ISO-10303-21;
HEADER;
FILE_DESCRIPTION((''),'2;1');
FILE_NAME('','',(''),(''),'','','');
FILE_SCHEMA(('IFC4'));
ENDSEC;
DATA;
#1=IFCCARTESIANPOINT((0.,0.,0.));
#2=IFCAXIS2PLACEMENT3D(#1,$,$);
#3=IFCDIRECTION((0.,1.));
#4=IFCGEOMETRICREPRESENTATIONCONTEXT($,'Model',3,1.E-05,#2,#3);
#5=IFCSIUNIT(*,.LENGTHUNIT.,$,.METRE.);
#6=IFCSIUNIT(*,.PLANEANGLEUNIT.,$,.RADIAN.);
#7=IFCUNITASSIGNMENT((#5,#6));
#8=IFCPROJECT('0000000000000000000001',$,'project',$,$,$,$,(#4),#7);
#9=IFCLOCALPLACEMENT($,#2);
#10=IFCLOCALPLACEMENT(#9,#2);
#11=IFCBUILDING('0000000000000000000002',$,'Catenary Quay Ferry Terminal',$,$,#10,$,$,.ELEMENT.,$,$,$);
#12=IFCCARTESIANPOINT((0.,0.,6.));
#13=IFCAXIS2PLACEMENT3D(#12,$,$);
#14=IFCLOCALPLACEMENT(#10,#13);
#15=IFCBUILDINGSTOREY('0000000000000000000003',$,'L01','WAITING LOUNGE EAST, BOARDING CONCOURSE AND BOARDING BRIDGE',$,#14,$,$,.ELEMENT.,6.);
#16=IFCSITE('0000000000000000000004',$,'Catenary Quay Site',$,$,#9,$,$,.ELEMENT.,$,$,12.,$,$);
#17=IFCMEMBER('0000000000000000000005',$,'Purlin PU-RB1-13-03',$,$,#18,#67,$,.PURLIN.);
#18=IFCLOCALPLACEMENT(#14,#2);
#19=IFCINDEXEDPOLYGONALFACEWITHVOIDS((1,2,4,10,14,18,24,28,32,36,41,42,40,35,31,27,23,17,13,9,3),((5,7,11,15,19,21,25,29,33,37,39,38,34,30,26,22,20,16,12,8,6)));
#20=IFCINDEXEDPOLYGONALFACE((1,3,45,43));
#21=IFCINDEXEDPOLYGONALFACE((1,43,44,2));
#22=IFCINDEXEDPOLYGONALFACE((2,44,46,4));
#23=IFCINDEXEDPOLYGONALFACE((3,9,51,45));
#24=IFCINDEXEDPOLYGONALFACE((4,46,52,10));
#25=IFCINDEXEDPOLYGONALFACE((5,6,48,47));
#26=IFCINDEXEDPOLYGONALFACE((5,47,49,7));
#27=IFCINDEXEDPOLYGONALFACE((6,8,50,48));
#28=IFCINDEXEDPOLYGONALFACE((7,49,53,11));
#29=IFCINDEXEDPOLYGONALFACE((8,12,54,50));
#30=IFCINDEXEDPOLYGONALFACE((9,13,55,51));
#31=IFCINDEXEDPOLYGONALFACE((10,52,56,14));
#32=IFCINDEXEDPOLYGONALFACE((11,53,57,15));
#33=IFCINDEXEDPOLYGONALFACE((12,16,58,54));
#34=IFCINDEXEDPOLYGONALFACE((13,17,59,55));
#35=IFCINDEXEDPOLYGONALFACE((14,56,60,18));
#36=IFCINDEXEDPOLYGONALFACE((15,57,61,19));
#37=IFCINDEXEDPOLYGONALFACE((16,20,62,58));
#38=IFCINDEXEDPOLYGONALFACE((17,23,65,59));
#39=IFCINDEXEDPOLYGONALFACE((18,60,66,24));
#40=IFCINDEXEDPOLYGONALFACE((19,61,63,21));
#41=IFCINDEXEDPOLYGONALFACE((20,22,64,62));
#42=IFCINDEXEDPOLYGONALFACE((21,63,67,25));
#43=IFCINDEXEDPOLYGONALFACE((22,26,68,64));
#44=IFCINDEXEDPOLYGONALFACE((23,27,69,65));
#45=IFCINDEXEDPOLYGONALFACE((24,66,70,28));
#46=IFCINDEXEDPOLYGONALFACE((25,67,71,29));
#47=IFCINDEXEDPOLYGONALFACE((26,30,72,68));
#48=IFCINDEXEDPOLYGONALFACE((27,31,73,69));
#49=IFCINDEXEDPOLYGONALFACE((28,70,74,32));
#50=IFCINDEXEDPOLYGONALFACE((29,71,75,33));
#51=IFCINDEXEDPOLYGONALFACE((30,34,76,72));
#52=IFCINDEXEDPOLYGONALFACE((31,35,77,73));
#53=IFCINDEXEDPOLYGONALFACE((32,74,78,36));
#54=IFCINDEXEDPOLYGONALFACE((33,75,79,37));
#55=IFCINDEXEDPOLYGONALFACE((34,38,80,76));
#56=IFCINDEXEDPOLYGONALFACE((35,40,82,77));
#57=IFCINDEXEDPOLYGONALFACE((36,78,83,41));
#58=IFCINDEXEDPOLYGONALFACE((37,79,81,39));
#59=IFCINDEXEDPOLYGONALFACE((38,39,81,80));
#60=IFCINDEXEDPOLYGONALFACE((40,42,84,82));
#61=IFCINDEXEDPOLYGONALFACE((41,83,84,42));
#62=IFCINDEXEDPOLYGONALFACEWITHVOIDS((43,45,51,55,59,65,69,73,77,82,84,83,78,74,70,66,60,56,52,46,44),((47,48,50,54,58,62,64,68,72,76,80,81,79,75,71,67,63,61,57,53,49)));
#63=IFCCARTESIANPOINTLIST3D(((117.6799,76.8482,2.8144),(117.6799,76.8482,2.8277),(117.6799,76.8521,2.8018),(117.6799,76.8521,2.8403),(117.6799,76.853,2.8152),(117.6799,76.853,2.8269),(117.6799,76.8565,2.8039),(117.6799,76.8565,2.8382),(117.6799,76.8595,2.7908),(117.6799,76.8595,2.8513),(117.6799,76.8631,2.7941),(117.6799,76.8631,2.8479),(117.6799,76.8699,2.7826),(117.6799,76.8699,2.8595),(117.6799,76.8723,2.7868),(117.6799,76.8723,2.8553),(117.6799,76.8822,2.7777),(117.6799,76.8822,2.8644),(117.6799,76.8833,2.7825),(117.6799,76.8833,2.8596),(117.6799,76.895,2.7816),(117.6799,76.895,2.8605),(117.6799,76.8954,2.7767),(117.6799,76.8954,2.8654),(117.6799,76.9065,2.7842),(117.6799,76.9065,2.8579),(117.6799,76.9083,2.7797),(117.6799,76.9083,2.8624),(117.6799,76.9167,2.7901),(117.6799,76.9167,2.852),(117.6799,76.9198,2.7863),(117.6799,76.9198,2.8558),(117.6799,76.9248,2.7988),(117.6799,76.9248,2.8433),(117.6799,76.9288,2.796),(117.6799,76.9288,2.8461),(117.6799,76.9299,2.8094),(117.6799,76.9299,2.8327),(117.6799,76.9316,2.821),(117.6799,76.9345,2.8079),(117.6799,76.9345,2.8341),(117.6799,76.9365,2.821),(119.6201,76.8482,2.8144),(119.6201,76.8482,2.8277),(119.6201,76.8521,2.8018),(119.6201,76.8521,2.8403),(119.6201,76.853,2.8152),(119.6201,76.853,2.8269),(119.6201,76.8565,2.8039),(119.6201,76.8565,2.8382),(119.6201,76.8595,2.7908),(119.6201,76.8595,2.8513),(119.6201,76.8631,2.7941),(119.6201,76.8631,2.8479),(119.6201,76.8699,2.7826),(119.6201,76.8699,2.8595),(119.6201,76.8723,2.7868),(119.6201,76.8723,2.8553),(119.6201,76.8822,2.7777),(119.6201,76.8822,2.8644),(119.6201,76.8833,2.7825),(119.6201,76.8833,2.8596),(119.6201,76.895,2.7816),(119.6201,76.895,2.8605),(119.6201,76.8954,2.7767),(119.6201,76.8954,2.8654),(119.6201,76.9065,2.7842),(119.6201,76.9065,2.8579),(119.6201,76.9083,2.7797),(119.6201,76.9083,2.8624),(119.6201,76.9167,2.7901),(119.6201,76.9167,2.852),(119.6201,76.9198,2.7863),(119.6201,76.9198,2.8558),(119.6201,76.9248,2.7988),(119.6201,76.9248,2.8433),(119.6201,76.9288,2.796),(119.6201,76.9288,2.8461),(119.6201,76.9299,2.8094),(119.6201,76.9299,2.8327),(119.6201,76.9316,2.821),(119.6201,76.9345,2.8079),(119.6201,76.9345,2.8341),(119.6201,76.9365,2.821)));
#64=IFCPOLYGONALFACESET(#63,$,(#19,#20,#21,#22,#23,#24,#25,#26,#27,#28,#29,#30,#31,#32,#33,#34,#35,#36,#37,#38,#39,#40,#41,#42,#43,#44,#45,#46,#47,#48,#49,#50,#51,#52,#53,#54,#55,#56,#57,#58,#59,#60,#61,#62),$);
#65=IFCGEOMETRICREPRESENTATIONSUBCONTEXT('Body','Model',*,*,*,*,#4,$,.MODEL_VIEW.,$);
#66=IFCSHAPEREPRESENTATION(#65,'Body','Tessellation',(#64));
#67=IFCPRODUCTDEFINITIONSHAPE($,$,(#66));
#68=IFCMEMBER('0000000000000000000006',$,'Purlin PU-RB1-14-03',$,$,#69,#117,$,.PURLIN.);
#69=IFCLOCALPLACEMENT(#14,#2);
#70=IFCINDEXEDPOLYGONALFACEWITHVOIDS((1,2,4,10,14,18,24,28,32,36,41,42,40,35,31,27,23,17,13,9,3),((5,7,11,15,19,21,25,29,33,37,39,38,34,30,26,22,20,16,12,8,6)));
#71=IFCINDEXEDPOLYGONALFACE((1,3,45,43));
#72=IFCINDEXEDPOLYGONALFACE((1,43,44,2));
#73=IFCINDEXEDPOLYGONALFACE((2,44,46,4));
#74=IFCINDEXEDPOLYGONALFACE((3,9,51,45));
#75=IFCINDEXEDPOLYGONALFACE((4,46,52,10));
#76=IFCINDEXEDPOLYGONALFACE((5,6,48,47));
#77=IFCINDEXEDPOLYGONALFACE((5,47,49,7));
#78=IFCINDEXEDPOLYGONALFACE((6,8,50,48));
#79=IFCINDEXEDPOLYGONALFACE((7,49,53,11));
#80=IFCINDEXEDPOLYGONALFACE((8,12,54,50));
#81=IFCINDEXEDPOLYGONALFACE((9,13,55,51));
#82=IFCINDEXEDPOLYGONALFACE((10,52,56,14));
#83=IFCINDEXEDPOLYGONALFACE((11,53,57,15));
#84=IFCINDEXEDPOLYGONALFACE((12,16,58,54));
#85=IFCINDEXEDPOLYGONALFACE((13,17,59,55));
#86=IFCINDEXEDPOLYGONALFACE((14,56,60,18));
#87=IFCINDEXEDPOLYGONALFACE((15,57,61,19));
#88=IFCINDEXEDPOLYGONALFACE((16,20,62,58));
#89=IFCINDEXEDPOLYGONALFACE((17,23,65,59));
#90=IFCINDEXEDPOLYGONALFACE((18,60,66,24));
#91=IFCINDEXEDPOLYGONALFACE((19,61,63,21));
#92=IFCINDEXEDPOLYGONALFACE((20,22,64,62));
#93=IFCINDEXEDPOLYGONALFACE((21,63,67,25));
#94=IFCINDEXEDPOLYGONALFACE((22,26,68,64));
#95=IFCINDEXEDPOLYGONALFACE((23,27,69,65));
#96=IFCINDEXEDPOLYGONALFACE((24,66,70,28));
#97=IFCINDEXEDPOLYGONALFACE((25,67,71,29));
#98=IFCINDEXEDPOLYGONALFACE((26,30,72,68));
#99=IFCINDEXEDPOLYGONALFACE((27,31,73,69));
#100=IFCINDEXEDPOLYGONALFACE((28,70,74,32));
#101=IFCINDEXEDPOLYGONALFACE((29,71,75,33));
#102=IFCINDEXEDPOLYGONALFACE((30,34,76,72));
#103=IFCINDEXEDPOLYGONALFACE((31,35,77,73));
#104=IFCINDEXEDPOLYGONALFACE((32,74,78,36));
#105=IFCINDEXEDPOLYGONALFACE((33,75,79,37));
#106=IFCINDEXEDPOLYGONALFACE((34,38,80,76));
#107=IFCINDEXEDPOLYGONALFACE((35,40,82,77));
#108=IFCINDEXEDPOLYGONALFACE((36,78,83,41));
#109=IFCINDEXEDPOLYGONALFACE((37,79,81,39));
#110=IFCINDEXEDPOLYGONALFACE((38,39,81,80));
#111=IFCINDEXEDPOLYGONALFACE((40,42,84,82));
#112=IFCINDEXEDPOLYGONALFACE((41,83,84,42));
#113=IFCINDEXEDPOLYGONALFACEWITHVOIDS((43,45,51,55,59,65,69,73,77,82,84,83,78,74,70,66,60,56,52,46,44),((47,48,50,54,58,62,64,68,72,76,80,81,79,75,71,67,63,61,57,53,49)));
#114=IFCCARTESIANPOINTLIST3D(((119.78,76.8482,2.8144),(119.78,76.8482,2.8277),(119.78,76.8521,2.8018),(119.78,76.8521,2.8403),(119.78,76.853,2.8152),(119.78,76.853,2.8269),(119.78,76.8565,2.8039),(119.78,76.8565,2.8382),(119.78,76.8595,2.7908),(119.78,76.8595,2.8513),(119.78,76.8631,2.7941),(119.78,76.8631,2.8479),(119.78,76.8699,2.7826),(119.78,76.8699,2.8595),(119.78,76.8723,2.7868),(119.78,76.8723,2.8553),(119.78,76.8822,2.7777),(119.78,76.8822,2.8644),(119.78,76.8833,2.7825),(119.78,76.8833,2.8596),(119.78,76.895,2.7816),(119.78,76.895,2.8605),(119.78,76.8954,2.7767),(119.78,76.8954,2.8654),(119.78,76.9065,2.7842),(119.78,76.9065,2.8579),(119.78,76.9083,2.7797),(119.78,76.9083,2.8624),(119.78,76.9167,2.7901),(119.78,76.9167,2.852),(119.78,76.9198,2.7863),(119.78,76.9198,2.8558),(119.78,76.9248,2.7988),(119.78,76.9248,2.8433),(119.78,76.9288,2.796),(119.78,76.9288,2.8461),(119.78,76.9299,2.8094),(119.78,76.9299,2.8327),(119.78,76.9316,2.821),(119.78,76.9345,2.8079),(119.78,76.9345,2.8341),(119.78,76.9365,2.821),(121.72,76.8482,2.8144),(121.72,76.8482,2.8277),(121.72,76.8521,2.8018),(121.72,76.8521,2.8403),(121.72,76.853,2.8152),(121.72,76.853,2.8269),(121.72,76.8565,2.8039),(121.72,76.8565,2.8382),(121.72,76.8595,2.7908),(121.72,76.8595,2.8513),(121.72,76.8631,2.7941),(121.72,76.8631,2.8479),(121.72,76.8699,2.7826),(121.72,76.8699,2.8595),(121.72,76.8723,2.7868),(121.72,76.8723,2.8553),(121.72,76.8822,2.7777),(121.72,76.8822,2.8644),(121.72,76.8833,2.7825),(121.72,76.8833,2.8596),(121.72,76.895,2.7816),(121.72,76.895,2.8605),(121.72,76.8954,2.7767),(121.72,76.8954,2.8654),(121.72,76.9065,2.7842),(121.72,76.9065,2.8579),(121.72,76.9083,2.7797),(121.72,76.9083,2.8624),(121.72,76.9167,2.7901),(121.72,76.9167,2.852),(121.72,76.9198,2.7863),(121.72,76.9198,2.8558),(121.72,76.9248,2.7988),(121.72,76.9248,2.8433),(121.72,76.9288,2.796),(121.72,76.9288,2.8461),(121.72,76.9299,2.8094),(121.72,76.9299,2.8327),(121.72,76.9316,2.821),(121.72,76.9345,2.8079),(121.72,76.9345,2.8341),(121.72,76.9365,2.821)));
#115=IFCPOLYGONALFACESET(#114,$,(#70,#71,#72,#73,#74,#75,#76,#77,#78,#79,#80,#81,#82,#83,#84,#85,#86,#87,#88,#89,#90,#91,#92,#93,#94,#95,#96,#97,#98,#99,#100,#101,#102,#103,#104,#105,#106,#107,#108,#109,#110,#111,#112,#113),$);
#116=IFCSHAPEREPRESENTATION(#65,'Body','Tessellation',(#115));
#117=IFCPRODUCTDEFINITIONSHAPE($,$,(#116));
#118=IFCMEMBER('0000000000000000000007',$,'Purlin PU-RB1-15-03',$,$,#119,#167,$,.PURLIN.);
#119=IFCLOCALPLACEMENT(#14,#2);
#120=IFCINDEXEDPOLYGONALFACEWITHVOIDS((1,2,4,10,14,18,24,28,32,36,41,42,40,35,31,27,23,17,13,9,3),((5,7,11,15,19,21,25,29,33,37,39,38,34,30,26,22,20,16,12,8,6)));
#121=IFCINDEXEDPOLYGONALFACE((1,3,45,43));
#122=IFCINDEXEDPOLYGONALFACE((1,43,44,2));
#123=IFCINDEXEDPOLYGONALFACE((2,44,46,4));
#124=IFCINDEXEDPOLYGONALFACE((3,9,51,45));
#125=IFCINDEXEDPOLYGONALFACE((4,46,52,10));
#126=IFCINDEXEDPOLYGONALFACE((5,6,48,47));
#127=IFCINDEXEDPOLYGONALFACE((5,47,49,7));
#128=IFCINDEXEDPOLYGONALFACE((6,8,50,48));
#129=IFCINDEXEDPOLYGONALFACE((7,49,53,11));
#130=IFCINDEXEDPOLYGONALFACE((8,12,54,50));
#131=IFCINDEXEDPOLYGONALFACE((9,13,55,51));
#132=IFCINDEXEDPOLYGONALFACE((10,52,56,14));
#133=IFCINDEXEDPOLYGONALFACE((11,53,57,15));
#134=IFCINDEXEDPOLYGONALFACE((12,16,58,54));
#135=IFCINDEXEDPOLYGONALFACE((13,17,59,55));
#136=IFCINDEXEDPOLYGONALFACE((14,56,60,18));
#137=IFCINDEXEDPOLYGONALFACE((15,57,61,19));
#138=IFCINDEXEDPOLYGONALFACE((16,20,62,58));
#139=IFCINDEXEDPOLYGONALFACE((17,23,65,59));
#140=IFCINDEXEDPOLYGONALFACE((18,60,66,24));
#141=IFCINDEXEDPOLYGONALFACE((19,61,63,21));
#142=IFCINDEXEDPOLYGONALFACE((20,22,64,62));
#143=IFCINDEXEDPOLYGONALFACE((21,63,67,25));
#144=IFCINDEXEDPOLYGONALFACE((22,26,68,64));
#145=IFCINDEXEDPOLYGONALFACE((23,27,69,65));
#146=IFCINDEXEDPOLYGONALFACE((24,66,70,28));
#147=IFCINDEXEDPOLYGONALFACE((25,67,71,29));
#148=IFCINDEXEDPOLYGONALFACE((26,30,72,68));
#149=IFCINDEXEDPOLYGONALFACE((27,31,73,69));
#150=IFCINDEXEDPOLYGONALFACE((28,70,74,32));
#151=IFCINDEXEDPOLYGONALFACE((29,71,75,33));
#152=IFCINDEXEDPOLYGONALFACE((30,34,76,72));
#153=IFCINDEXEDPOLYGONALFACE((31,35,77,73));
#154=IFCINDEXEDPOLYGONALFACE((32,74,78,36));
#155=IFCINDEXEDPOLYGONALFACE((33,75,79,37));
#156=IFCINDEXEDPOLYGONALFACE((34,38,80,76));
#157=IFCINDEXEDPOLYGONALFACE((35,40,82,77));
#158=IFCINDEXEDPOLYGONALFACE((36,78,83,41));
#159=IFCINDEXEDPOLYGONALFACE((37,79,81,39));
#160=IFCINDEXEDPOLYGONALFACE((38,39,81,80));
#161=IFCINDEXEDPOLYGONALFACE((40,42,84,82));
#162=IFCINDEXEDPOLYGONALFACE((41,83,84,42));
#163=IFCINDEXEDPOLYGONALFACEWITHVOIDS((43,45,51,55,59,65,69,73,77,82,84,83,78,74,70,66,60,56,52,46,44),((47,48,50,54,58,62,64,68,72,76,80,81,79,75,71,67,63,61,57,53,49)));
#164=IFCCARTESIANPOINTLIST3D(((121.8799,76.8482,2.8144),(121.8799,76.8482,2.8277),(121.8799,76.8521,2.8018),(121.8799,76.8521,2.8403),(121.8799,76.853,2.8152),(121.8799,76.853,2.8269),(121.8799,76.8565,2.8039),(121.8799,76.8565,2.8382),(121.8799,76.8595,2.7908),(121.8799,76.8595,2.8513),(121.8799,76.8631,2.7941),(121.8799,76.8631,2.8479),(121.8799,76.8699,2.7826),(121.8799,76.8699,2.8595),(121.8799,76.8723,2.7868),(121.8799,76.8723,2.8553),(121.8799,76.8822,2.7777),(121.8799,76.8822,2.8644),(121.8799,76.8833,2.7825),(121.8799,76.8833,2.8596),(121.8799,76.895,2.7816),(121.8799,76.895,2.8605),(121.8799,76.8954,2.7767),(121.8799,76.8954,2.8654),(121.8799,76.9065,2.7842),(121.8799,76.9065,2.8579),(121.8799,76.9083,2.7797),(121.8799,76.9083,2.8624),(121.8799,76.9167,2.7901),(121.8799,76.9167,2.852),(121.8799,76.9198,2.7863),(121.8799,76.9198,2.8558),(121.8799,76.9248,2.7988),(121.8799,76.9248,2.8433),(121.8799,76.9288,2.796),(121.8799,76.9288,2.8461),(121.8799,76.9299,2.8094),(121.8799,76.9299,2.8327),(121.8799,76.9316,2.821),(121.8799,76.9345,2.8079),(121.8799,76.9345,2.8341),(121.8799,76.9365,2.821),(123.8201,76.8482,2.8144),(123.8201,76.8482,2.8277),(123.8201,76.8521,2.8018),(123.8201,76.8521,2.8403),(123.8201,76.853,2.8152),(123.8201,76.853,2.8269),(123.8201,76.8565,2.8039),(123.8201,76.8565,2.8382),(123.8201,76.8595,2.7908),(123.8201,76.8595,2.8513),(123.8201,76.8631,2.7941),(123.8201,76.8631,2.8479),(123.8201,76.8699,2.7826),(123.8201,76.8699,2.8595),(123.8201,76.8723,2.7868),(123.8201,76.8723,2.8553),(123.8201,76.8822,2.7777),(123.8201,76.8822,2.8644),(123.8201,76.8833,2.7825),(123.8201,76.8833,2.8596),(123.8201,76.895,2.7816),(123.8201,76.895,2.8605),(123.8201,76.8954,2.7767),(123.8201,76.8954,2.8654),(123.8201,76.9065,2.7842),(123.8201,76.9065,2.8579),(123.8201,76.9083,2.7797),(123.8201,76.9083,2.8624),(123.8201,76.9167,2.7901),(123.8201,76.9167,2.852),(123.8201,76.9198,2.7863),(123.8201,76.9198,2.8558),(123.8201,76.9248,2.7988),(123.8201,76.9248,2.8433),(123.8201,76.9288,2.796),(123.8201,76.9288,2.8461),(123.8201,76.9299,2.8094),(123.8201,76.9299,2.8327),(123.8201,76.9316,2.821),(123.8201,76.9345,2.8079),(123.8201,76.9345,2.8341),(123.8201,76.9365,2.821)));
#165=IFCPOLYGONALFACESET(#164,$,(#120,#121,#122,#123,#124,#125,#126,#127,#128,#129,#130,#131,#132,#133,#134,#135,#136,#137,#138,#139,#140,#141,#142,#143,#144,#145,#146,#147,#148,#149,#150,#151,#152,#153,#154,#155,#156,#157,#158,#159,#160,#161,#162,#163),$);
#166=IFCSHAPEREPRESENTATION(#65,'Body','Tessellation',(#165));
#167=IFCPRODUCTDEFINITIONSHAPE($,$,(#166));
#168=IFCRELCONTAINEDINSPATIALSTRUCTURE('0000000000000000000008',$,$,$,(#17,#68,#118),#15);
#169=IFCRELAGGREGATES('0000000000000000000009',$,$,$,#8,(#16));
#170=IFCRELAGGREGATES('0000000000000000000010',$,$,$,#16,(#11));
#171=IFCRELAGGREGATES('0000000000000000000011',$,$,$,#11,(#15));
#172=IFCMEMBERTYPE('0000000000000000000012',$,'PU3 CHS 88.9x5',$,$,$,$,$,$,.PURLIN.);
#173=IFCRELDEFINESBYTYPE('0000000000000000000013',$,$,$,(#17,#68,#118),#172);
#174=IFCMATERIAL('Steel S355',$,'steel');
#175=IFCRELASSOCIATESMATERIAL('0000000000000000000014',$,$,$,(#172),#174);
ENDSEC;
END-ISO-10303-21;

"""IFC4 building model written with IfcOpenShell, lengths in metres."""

from ifc_helpers import new_model, si_unit, direction, frame, origin, origin_2d, place, context, subcontext, project, spatial, hollow_circle, extrude, material, material_profile, profile_set, type_object, element, save


model = new_model("IFC4")

# Units and contexts
model_context = context("Model", 3, precision=1e-05, world=origin(), true_north=direction((0.0, 1.0)))
body_context = subcontext(model_context, "Body", "Model", "MODEL_VIEW")
ifc_project = project(units=[si_unit("LENGTHUNIT", "METRE"), si_unit("PLANEANGLEUNIT", "RADIAN")], contexts=[model_context])

# Site, building, storey
site_placement = place(None, origin())
site = spatial("IfcSite", under=ifc_project, at=site_placement, Name="Catenary Quay Site", CompositionType="ELEMENT", RefElevation=12.0)
building_placement = place(site_placement, origin())
building = spatial("IfcBuilding", under=site, at=building_placement, Name="Catenary Quay Ferry Terminal", CompositionType="ELEMENT")
storey_placement = place(building_placement, frame((0.0, 0.0, 6.0)))
storey = spatial("IfcBuildingStorey", under=building, at=storey_placement, Name="L01", Description="WAITING LOUNGE EAST, BOARDING CONCOURSE AND BOARDING BRIDGE", CompositionType="ELEMENT", Elevation=6.0)

# Members
ifc_material_1 = material(Name="Steel S355", Category="steel")
ifc_material_profile_1 = material_profile(ifc_material_1, hollow_circle(Radius=0.0444, WallThickness=0.0049, at=origin_2d()), Name="CHS 88.9x5")
ifc_profile_set_1 = profile_set([ifc_material_profile_1], Name="Steel S355")
member_type_1 = type_object("IfcMemberType", Name="PU3 CHS 88.9x5", PredefinedType="PURLIN", material=ifc_profile_set_1)
member_1_placement = place(storey_placement, frame((117.6799, 76.8921, 2.821), z_axis=(1.0, 0.0, 0.0), x_axis=(0.0, 1.0, 0.0)))
element("IfcMember", 1, at=member_1_placement, inside=storey, type_object=member_type_1, Name="Purlin PU-RB1-13-03", PredefinedType="PURLIN", context=body_context, shape_type="SweptSolid", body=[
    extrude(hollow_circle(Radius=0.0444, WallThickness=0.0049, at=origin_2d()), origin(), (0.0, 0.0, 1.0), 1.9402),
])
member_2_placement = place(storey_placement, frame((119.78, 76.8921, 2.821), z_axis=(1.0, 0.0, 0.0), x_axis=(0.0, 1.0, 0.0)))
element("IfcMember", 2, at=member_2_placement, inside=storey, type_object=member_type_1, Name="Purlin PU-RB1-14-03", PredefinedType="PURLIN", context=body_context, shape_type="SweptSolid", body=[
    extrude(hollow_circle(Radius=0.0444, WallThickness=0.0049, at=origin_2d()), origin(), (0.0, 0.0, 1.0), 1.9399),
])
member_3_placement = place(storey_placement, frame((121.8799, 76.8921, 2.821), z_axis=(1.0, 0.0, 0.0), x_axis=(0.0, 1.0, 0.0)))
element("IfcMember", 3, at=member_3_placement, inside=storey, type_object=member_type_1, Name="Purlin PU-RB1-15-03", PredefinedType="PURLIN", context=body_context, shape_type="SweptSolid", body=[
    extrude(hollow_circle(Radius=0.0444, WallThickness=0.0049, at=origin_2d()), origin(), (0.0, 0.0, 1.0), 1.9402),
])

save(model, "model.ifc")
